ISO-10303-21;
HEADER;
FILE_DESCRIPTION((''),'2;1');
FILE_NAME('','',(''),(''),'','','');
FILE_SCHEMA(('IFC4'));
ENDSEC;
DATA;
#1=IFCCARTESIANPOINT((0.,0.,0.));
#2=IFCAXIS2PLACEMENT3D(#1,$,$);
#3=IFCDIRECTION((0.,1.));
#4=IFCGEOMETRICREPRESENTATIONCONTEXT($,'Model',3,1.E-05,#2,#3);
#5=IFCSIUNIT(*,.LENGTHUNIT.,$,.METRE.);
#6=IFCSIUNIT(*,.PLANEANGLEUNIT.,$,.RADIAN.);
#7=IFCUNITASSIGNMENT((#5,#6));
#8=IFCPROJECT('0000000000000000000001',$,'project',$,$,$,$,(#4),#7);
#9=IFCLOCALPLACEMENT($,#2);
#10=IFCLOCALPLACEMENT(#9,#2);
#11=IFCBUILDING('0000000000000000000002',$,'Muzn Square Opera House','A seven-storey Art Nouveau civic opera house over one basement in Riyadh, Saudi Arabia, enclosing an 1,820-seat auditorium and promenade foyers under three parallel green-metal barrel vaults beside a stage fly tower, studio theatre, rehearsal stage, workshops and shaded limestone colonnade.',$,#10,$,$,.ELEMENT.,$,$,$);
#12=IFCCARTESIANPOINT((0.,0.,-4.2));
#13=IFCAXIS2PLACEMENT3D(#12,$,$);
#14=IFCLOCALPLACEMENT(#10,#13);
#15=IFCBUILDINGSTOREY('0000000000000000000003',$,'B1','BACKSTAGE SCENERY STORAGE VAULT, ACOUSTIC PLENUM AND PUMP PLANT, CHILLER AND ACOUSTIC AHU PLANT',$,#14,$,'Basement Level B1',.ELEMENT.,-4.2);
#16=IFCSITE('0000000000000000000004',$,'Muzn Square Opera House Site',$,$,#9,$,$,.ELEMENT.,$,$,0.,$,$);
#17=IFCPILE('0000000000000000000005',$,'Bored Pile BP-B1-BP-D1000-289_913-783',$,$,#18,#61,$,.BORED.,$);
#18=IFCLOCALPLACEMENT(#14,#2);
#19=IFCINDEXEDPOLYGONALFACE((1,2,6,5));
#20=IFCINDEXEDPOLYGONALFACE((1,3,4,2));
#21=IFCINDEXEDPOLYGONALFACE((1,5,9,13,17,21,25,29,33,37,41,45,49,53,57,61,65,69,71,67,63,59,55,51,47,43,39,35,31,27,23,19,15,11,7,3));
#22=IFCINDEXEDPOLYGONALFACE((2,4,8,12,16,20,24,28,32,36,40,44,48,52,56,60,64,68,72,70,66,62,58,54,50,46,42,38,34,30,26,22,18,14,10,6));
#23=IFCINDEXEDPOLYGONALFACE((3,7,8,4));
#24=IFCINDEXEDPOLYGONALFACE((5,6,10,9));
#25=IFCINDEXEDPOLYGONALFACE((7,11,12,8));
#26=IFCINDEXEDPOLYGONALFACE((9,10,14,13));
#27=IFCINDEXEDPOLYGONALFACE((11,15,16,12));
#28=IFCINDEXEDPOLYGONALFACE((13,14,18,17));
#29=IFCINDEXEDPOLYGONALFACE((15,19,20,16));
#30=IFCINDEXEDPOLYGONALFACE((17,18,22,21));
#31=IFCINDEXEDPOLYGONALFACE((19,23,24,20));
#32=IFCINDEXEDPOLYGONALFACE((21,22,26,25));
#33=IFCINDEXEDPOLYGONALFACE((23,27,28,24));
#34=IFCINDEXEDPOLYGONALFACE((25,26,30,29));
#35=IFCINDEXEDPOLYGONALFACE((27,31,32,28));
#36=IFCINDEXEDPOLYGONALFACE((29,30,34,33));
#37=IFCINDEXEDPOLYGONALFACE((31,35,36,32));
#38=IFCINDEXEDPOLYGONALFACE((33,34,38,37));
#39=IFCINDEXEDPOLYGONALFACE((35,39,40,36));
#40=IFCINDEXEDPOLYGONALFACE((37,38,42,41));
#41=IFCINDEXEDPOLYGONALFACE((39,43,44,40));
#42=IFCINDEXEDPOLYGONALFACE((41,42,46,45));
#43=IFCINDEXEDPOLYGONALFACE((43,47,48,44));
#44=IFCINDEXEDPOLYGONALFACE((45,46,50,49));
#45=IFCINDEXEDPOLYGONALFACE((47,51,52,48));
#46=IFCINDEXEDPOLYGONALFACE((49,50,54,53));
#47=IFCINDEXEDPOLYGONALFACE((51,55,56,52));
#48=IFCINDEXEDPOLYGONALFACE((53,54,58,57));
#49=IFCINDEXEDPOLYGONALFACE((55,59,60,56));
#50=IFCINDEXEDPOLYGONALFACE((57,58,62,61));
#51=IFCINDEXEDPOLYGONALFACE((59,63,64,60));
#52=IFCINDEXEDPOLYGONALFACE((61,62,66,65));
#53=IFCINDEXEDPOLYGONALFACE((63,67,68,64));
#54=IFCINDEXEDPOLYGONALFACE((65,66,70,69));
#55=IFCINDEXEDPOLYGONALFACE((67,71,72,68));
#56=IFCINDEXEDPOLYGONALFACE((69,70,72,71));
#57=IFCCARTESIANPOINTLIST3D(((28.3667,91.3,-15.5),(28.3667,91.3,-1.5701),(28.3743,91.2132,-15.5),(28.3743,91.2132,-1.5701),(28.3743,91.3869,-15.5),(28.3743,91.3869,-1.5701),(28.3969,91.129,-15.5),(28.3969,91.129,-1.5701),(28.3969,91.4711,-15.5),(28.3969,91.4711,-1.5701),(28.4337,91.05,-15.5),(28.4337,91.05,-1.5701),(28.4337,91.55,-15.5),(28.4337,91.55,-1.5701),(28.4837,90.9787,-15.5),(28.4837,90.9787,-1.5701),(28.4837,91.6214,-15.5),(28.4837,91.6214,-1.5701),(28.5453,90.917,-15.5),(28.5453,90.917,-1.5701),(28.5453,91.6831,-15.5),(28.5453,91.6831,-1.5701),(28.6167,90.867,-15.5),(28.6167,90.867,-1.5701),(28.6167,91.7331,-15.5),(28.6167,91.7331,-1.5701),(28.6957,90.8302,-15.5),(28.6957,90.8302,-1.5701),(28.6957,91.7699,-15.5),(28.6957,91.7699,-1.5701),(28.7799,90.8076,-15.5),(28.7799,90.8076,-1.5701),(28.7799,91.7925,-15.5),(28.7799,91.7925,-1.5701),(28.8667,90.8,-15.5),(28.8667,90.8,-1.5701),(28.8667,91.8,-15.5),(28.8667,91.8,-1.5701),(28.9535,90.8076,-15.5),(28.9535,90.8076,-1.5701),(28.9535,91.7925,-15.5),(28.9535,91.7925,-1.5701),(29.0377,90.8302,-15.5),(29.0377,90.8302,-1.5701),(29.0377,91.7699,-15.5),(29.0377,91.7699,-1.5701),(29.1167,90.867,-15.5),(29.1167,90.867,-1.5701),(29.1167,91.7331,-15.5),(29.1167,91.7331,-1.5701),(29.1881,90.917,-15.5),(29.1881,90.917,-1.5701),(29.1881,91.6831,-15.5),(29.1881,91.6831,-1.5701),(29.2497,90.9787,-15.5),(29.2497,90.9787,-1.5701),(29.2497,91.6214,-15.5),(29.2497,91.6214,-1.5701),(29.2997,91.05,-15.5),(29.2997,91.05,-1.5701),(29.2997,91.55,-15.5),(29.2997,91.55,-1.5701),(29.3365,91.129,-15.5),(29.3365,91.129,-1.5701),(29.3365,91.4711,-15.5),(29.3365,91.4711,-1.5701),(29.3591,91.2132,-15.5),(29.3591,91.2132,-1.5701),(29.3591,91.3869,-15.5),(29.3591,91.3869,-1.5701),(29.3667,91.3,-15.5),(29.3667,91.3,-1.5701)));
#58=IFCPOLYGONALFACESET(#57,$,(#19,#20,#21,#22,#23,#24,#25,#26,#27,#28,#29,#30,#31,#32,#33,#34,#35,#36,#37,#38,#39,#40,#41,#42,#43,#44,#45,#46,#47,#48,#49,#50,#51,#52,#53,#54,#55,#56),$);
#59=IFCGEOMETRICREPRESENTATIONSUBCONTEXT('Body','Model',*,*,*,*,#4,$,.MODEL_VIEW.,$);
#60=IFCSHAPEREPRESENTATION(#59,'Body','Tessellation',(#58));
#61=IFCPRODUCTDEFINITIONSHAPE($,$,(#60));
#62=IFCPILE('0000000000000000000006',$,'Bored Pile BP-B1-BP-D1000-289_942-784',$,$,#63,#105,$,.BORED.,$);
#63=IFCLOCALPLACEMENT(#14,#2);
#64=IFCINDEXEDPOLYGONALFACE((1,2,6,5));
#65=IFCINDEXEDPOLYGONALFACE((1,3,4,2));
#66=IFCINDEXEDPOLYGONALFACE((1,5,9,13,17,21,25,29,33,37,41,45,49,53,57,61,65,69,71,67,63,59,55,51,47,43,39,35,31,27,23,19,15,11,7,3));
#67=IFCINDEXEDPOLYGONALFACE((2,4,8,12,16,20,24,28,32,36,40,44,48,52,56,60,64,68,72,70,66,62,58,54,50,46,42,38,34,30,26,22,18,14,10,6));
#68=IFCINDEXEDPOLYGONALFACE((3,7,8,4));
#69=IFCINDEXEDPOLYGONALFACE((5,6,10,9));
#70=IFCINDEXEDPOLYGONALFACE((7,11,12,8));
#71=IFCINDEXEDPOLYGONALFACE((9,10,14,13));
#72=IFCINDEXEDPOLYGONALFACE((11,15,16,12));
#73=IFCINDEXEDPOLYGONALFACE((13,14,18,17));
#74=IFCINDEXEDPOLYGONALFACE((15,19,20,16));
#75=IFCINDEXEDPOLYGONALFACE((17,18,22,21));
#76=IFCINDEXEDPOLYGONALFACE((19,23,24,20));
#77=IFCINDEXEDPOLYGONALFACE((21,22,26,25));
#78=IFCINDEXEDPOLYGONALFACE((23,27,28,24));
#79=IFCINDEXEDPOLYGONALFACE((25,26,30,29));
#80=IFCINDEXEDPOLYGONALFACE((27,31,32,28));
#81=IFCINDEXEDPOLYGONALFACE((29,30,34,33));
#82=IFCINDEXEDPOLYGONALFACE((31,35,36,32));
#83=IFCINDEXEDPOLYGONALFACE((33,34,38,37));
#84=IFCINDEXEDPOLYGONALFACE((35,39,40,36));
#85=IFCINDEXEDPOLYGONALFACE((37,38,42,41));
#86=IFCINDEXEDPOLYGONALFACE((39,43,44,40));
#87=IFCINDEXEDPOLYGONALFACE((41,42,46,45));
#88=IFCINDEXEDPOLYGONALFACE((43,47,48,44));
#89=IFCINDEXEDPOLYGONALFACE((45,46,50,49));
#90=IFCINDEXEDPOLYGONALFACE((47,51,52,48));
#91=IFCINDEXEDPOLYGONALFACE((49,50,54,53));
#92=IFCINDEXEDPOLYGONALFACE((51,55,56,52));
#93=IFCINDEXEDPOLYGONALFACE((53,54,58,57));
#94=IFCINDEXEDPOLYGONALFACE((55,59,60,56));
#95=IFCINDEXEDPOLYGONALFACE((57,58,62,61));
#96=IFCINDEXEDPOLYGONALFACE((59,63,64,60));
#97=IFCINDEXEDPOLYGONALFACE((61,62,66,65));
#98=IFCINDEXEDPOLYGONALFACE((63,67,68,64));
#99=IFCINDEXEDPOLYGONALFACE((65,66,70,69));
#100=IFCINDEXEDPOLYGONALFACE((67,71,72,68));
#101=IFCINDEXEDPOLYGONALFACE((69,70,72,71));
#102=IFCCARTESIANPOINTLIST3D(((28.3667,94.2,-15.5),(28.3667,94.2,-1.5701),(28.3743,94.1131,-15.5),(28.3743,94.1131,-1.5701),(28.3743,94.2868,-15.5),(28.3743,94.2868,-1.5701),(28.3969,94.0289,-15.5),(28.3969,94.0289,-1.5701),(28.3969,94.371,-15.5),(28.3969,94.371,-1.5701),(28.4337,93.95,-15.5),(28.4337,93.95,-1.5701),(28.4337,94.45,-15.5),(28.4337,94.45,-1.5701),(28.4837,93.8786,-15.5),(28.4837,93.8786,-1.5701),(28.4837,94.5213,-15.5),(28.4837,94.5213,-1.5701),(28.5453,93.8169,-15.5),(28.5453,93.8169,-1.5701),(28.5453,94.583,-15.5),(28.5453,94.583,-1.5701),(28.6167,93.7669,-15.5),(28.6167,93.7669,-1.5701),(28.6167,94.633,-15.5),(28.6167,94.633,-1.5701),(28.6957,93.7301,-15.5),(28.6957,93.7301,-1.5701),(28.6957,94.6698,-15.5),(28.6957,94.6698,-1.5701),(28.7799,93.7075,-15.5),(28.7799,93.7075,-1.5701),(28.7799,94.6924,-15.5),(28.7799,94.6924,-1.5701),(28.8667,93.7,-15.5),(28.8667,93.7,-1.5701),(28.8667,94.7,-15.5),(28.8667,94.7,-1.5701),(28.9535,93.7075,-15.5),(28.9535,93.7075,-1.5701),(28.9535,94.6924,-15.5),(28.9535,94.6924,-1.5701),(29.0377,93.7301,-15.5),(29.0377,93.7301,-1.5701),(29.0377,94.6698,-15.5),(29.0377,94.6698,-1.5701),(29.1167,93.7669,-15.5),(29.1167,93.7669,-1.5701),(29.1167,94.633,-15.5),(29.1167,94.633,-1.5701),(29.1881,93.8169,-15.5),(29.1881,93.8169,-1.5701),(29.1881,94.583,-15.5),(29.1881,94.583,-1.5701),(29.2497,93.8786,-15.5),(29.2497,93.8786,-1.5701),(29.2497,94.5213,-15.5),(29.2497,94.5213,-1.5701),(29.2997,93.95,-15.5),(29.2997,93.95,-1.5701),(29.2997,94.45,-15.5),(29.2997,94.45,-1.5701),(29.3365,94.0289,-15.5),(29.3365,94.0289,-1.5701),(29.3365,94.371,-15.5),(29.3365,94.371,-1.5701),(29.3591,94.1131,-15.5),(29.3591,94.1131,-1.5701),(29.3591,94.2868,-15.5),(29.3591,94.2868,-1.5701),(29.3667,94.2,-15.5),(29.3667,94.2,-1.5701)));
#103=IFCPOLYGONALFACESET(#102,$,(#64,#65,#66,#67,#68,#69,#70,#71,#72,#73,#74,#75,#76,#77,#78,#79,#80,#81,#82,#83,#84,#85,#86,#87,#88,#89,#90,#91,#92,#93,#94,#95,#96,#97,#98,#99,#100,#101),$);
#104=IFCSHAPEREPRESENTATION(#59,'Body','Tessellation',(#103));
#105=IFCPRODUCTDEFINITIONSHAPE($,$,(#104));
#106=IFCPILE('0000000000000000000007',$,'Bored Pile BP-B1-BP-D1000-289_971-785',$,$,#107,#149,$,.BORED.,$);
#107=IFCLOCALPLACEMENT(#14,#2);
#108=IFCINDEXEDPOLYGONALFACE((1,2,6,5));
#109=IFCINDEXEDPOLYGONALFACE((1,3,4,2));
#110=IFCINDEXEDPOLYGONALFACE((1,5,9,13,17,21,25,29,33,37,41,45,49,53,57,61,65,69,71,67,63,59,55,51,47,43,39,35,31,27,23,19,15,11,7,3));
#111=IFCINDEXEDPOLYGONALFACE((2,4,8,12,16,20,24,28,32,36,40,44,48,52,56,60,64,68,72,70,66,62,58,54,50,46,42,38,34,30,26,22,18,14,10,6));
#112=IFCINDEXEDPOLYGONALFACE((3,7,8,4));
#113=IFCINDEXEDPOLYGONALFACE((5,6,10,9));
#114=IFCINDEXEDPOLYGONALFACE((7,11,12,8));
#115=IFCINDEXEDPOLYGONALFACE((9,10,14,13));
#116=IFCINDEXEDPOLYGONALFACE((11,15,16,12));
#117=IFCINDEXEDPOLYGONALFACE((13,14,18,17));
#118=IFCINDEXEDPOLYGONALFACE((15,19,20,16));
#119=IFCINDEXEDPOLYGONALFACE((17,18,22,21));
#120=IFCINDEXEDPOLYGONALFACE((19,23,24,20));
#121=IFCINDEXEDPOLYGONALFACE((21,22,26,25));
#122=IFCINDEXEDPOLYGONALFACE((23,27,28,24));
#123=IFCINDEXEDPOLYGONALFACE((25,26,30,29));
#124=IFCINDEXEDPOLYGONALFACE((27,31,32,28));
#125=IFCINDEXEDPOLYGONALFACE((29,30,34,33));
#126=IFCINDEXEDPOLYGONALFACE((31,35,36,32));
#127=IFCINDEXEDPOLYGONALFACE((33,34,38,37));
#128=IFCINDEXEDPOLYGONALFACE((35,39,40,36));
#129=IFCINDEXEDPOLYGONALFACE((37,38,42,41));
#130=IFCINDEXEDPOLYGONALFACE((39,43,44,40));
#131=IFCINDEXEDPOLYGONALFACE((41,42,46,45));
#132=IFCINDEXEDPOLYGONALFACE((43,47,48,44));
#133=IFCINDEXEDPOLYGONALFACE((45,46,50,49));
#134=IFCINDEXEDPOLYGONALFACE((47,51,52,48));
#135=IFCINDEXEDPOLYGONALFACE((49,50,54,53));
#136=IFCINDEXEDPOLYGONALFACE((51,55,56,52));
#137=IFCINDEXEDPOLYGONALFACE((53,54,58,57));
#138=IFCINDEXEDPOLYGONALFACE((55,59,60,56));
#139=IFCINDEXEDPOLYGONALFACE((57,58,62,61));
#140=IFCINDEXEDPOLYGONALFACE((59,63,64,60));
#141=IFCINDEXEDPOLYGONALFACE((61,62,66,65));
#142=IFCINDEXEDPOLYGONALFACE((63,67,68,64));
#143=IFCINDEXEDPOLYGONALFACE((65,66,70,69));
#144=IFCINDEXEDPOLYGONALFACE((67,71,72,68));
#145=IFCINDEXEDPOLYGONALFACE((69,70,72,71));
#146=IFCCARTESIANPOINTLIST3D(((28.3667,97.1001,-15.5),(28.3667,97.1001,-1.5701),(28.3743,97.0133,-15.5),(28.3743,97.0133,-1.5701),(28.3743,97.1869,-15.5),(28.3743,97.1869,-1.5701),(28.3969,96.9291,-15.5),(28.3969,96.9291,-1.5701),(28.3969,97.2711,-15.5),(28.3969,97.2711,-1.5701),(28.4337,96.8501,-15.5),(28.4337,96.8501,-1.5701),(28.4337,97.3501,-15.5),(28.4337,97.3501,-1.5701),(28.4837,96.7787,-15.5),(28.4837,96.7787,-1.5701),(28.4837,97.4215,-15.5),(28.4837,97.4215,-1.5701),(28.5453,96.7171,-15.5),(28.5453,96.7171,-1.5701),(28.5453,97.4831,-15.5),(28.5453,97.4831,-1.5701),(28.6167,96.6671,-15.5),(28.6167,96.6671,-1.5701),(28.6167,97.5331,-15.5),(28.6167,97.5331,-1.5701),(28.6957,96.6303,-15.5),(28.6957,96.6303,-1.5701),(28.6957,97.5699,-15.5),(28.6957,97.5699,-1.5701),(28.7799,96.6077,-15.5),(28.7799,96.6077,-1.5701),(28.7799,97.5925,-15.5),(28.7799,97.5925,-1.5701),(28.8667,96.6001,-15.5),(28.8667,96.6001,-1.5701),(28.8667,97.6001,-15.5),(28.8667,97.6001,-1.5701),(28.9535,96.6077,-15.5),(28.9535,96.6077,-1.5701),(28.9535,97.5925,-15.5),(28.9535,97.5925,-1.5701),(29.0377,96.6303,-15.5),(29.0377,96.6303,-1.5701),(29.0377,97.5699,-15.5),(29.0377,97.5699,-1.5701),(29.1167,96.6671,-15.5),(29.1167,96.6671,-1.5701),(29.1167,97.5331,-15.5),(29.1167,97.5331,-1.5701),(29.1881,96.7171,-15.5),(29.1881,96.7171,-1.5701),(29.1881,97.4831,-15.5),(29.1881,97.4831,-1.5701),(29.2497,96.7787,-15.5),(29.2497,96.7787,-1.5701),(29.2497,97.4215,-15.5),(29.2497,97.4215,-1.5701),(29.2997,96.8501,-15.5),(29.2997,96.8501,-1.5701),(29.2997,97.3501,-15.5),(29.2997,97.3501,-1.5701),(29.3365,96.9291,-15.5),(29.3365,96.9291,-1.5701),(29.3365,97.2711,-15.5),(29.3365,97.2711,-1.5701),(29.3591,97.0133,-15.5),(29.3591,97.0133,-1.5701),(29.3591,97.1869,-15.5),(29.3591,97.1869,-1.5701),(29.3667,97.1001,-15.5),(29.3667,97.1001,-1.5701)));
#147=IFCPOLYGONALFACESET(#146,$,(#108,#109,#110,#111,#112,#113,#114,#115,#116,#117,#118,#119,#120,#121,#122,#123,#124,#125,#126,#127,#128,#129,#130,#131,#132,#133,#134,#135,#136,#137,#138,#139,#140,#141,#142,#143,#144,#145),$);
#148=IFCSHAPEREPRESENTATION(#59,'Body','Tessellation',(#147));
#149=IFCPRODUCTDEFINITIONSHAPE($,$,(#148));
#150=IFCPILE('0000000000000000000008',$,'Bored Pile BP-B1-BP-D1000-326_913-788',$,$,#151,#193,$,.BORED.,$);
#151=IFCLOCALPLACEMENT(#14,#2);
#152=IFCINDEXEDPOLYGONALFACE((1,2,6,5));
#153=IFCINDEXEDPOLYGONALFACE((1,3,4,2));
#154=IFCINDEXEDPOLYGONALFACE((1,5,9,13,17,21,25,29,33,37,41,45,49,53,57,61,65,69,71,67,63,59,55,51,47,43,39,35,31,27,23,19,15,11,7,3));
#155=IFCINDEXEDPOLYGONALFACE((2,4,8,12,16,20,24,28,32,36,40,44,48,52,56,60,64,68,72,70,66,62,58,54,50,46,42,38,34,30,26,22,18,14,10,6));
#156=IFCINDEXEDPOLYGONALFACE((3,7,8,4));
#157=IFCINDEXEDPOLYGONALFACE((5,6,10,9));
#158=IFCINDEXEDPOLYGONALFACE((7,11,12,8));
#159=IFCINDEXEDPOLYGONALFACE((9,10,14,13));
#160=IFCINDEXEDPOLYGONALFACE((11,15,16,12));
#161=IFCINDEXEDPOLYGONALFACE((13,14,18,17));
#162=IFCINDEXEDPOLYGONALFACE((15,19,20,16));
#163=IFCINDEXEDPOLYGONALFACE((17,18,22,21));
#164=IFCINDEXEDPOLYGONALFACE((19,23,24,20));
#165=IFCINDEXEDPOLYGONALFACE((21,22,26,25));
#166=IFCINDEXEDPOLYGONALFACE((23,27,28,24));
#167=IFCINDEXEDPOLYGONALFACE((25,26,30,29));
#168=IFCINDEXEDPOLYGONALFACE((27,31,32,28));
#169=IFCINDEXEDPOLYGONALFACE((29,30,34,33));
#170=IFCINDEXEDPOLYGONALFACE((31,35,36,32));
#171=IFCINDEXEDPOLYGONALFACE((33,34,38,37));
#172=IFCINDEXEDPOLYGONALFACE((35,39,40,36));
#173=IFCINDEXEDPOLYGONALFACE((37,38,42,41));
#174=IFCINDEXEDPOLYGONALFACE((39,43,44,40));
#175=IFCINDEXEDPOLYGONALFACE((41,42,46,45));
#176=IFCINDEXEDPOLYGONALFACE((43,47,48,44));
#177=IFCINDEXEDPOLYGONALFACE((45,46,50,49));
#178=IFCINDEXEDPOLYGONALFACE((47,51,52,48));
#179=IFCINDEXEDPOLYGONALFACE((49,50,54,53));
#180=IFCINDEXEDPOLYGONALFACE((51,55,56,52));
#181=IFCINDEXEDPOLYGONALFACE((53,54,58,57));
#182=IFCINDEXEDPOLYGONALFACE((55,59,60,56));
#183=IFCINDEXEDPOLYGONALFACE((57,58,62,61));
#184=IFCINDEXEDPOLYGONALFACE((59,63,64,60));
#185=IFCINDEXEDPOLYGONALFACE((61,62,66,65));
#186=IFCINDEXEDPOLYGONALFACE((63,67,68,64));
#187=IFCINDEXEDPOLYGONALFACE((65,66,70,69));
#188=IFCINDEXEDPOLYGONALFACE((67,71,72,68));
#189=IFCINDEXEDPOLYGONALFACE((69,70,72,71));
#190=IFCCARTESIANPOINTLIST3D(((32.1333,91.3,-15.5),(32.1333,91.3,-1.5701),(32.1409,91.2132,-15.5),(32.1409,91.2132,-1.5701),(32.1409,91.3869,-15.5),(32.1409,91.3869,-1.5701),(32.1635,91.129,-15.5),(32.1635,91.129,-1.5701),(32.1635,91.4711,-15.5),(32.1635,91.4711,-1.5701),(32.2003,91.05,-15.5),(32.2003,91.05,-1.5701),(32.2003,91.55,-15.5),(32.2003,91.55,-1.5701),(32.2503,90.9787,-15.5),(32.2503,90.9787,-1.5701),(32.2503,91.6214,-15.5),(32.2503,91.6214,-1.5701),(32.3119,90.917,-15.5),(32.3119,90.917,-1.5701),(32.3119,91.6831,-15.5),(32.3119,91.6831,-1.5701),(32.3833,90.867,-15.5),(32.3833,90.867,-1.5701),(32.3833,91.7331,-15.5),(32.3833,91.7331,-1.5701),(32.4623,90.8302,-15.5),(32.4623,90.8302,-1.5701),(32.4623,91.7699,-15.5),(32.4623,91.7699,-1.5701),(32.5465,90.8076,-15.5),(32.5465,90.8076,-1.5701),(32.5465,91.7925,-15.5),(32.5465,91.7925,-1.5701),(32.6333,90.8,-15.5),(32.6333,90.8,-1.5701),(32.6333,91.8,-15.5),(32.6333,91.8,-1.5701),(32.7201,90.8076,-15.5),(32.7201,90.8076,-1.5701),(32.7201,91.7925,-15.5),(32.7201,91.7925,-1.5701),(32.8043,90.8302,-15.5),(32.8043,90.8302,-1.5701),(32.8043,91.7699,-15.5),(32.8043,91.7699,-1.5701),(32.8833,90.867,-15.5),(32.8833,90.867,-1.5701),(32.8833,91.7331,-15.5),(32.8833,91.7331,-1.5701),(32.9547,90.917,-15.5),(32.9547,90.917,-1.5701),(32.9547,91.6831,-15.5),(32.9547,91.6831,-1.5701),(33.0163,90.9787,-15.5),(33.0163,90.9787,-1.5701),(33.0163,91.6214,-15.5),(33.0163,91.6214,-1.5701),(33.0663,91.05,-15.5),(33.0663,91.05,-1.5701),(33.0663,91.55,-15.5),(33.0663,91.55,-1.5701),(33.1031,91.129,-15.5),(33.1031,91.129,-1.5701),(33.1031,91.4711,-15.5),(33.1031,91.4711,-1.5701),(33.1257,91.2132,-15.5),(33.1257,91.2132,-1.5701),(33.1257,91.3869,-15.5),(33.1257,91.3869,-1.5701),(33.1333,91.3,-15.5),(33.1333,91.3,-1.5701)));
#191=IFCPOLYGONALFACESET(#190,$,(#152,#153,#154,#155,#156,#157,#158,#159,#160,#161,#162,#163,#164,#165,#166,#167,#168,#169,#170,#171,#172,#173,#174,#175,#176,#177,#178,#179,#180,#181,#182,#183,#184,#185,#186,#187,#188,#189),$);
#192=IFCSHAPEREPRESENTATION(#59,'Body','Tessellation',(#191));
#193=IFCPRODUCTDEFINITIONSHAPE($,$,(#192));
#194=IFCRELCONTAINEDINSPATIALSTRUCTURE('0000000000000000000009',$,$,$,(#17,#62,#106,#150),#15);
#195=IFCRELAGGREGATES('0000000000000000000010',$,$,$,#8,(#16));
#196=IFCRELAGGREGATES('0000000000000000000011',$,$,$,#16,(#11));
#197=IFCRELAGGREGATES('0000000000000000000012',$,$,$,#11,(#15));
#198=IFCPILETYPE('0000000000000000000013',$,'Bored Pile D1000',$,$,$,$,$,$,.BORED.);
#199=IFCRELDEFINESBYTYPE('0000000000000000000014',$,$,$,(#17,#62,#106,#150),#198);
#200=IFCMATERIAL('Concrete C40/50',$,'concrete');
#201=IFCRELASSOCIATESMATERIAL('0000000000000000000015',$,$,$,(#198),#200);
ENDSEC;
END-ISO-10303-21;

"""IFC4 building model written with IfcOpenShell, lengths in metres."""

from ifc_helpers import new_model, si_unit, direction, frame, origin, origin_2d, place, context, subcontext, project, spatial, circle, extrude, material, material_profile, profile_set, type_object, element, save


model = new_model("IFC4")

# Units and contexts
model_context = context("Model", 3, precision=1e-05, world=origin(), true_north=direction((0.0, 1.0)))
body_context = subcontext(model_context, "Body", "Model", "MODEL_VIEW")
ifc_project = project(units=[si_unit("LENGTHUNIT", "METRE"), si_unit("PLANEANGLEUNIT", "RADIAN")], contexts=[model_context])

# Site, building, storey
site_placement = place(None, origin())
site = spatial("IfcSite", under=ifc_project, at=site_placement, Name="Muzn Square Opera House Site", CompositionType="ELEMENT", RefElevation=0.0)
building_placement = place(site_placement, origin())
building = spatial("IfcBuilding", under=site, at=building_placement, Name="Muzn Square Opera House", Description="A seven-storey Art Nouveau civic opera house over one basement in Riyadh, Saudi Arabia, enclosing an 1,820-seat auditorium and promenade foyers under three parallel green-metal barrel vaults beside a stage fly tower, studio theatre, rehearsal stage, workshops and shaded limestone colonnade.", CompositionType="ELEMENT")
storey_placement = place(building_placement, frame((0.0, 0.0, -4.2)))
storey = spatial("IfcBuildingStorey", under=building, at=storey_placement, Name="B1", Description="BACKSTAGE SCENERY STORAGE VAULT, ACOUSTIC PLENUM AND PUMP PLANT, CHILLER AND ACOUSTIC AHU PLANT", LongName="Basement Level B1", CompositionType="ELEMENT", Elevation=-4.2)

# Piles
ifc_material_1 = material(Name="Concrete C40/50", Category="concrete")
ifc_material_profile_1 = material_profile(ifc_material_1, circle(Radius=0.5, at=origin_2d()), Name="BORED PILE D1000", Category="concrete")
ifc_profile_set_1 = profile_set([ifc_material_profile_1], Name="Concrete C40/50")
pile_type_1 = type_object("IfcPileType", Name="Bored Pile D1000", PredefinedType="BORED", material=ifc_profile_set_1)
for number, where, z_axis, x_axis, name in (
    (1, (28.8667, 91.3, -1.5701), (0.0, 0.0, -1.0), (1.0, 0.0, 0.0), "Bored Pile BP-B1-BP-D1000-289_913-783"),
    (2, (28.8667, 94.2, -1.5701), (0.0, 0.0, -1.0), (1.0, 0.0, 0.0), "Bored Pile BP-B1-BP-D1000-289_942-784"),
    (3, (28.8667, 97.1001, -1.5701), (0.0, 0.0, -1.0), (1.0, 0.0, 0.0), "Bored Pile BP-B1-BP-D1000-289_971-785"),
    (4, (32.6333, 91.3, -1.5701), (0.0, 0.0, -1.0), (1.0, 0.0, 0.0), "Bored Pile BP-B1-BP-D1000-326_913-788"),
):
    element("IfcPile", number, at=place(storey_placement, frame(where, z_axis=z_axis, x_axis=x_axis)), inside=storey, type_object=pile_type_1, Name=name, PredefinedType="BORED", context=body_context, shape_type="SweptSolid", body=[
        extrude(circle(Radius=0.5, at=origin_2d()), origin(), (0.0, 0.0, 1.0), 13.9299),
    ])

save(model, "model.ifc")
